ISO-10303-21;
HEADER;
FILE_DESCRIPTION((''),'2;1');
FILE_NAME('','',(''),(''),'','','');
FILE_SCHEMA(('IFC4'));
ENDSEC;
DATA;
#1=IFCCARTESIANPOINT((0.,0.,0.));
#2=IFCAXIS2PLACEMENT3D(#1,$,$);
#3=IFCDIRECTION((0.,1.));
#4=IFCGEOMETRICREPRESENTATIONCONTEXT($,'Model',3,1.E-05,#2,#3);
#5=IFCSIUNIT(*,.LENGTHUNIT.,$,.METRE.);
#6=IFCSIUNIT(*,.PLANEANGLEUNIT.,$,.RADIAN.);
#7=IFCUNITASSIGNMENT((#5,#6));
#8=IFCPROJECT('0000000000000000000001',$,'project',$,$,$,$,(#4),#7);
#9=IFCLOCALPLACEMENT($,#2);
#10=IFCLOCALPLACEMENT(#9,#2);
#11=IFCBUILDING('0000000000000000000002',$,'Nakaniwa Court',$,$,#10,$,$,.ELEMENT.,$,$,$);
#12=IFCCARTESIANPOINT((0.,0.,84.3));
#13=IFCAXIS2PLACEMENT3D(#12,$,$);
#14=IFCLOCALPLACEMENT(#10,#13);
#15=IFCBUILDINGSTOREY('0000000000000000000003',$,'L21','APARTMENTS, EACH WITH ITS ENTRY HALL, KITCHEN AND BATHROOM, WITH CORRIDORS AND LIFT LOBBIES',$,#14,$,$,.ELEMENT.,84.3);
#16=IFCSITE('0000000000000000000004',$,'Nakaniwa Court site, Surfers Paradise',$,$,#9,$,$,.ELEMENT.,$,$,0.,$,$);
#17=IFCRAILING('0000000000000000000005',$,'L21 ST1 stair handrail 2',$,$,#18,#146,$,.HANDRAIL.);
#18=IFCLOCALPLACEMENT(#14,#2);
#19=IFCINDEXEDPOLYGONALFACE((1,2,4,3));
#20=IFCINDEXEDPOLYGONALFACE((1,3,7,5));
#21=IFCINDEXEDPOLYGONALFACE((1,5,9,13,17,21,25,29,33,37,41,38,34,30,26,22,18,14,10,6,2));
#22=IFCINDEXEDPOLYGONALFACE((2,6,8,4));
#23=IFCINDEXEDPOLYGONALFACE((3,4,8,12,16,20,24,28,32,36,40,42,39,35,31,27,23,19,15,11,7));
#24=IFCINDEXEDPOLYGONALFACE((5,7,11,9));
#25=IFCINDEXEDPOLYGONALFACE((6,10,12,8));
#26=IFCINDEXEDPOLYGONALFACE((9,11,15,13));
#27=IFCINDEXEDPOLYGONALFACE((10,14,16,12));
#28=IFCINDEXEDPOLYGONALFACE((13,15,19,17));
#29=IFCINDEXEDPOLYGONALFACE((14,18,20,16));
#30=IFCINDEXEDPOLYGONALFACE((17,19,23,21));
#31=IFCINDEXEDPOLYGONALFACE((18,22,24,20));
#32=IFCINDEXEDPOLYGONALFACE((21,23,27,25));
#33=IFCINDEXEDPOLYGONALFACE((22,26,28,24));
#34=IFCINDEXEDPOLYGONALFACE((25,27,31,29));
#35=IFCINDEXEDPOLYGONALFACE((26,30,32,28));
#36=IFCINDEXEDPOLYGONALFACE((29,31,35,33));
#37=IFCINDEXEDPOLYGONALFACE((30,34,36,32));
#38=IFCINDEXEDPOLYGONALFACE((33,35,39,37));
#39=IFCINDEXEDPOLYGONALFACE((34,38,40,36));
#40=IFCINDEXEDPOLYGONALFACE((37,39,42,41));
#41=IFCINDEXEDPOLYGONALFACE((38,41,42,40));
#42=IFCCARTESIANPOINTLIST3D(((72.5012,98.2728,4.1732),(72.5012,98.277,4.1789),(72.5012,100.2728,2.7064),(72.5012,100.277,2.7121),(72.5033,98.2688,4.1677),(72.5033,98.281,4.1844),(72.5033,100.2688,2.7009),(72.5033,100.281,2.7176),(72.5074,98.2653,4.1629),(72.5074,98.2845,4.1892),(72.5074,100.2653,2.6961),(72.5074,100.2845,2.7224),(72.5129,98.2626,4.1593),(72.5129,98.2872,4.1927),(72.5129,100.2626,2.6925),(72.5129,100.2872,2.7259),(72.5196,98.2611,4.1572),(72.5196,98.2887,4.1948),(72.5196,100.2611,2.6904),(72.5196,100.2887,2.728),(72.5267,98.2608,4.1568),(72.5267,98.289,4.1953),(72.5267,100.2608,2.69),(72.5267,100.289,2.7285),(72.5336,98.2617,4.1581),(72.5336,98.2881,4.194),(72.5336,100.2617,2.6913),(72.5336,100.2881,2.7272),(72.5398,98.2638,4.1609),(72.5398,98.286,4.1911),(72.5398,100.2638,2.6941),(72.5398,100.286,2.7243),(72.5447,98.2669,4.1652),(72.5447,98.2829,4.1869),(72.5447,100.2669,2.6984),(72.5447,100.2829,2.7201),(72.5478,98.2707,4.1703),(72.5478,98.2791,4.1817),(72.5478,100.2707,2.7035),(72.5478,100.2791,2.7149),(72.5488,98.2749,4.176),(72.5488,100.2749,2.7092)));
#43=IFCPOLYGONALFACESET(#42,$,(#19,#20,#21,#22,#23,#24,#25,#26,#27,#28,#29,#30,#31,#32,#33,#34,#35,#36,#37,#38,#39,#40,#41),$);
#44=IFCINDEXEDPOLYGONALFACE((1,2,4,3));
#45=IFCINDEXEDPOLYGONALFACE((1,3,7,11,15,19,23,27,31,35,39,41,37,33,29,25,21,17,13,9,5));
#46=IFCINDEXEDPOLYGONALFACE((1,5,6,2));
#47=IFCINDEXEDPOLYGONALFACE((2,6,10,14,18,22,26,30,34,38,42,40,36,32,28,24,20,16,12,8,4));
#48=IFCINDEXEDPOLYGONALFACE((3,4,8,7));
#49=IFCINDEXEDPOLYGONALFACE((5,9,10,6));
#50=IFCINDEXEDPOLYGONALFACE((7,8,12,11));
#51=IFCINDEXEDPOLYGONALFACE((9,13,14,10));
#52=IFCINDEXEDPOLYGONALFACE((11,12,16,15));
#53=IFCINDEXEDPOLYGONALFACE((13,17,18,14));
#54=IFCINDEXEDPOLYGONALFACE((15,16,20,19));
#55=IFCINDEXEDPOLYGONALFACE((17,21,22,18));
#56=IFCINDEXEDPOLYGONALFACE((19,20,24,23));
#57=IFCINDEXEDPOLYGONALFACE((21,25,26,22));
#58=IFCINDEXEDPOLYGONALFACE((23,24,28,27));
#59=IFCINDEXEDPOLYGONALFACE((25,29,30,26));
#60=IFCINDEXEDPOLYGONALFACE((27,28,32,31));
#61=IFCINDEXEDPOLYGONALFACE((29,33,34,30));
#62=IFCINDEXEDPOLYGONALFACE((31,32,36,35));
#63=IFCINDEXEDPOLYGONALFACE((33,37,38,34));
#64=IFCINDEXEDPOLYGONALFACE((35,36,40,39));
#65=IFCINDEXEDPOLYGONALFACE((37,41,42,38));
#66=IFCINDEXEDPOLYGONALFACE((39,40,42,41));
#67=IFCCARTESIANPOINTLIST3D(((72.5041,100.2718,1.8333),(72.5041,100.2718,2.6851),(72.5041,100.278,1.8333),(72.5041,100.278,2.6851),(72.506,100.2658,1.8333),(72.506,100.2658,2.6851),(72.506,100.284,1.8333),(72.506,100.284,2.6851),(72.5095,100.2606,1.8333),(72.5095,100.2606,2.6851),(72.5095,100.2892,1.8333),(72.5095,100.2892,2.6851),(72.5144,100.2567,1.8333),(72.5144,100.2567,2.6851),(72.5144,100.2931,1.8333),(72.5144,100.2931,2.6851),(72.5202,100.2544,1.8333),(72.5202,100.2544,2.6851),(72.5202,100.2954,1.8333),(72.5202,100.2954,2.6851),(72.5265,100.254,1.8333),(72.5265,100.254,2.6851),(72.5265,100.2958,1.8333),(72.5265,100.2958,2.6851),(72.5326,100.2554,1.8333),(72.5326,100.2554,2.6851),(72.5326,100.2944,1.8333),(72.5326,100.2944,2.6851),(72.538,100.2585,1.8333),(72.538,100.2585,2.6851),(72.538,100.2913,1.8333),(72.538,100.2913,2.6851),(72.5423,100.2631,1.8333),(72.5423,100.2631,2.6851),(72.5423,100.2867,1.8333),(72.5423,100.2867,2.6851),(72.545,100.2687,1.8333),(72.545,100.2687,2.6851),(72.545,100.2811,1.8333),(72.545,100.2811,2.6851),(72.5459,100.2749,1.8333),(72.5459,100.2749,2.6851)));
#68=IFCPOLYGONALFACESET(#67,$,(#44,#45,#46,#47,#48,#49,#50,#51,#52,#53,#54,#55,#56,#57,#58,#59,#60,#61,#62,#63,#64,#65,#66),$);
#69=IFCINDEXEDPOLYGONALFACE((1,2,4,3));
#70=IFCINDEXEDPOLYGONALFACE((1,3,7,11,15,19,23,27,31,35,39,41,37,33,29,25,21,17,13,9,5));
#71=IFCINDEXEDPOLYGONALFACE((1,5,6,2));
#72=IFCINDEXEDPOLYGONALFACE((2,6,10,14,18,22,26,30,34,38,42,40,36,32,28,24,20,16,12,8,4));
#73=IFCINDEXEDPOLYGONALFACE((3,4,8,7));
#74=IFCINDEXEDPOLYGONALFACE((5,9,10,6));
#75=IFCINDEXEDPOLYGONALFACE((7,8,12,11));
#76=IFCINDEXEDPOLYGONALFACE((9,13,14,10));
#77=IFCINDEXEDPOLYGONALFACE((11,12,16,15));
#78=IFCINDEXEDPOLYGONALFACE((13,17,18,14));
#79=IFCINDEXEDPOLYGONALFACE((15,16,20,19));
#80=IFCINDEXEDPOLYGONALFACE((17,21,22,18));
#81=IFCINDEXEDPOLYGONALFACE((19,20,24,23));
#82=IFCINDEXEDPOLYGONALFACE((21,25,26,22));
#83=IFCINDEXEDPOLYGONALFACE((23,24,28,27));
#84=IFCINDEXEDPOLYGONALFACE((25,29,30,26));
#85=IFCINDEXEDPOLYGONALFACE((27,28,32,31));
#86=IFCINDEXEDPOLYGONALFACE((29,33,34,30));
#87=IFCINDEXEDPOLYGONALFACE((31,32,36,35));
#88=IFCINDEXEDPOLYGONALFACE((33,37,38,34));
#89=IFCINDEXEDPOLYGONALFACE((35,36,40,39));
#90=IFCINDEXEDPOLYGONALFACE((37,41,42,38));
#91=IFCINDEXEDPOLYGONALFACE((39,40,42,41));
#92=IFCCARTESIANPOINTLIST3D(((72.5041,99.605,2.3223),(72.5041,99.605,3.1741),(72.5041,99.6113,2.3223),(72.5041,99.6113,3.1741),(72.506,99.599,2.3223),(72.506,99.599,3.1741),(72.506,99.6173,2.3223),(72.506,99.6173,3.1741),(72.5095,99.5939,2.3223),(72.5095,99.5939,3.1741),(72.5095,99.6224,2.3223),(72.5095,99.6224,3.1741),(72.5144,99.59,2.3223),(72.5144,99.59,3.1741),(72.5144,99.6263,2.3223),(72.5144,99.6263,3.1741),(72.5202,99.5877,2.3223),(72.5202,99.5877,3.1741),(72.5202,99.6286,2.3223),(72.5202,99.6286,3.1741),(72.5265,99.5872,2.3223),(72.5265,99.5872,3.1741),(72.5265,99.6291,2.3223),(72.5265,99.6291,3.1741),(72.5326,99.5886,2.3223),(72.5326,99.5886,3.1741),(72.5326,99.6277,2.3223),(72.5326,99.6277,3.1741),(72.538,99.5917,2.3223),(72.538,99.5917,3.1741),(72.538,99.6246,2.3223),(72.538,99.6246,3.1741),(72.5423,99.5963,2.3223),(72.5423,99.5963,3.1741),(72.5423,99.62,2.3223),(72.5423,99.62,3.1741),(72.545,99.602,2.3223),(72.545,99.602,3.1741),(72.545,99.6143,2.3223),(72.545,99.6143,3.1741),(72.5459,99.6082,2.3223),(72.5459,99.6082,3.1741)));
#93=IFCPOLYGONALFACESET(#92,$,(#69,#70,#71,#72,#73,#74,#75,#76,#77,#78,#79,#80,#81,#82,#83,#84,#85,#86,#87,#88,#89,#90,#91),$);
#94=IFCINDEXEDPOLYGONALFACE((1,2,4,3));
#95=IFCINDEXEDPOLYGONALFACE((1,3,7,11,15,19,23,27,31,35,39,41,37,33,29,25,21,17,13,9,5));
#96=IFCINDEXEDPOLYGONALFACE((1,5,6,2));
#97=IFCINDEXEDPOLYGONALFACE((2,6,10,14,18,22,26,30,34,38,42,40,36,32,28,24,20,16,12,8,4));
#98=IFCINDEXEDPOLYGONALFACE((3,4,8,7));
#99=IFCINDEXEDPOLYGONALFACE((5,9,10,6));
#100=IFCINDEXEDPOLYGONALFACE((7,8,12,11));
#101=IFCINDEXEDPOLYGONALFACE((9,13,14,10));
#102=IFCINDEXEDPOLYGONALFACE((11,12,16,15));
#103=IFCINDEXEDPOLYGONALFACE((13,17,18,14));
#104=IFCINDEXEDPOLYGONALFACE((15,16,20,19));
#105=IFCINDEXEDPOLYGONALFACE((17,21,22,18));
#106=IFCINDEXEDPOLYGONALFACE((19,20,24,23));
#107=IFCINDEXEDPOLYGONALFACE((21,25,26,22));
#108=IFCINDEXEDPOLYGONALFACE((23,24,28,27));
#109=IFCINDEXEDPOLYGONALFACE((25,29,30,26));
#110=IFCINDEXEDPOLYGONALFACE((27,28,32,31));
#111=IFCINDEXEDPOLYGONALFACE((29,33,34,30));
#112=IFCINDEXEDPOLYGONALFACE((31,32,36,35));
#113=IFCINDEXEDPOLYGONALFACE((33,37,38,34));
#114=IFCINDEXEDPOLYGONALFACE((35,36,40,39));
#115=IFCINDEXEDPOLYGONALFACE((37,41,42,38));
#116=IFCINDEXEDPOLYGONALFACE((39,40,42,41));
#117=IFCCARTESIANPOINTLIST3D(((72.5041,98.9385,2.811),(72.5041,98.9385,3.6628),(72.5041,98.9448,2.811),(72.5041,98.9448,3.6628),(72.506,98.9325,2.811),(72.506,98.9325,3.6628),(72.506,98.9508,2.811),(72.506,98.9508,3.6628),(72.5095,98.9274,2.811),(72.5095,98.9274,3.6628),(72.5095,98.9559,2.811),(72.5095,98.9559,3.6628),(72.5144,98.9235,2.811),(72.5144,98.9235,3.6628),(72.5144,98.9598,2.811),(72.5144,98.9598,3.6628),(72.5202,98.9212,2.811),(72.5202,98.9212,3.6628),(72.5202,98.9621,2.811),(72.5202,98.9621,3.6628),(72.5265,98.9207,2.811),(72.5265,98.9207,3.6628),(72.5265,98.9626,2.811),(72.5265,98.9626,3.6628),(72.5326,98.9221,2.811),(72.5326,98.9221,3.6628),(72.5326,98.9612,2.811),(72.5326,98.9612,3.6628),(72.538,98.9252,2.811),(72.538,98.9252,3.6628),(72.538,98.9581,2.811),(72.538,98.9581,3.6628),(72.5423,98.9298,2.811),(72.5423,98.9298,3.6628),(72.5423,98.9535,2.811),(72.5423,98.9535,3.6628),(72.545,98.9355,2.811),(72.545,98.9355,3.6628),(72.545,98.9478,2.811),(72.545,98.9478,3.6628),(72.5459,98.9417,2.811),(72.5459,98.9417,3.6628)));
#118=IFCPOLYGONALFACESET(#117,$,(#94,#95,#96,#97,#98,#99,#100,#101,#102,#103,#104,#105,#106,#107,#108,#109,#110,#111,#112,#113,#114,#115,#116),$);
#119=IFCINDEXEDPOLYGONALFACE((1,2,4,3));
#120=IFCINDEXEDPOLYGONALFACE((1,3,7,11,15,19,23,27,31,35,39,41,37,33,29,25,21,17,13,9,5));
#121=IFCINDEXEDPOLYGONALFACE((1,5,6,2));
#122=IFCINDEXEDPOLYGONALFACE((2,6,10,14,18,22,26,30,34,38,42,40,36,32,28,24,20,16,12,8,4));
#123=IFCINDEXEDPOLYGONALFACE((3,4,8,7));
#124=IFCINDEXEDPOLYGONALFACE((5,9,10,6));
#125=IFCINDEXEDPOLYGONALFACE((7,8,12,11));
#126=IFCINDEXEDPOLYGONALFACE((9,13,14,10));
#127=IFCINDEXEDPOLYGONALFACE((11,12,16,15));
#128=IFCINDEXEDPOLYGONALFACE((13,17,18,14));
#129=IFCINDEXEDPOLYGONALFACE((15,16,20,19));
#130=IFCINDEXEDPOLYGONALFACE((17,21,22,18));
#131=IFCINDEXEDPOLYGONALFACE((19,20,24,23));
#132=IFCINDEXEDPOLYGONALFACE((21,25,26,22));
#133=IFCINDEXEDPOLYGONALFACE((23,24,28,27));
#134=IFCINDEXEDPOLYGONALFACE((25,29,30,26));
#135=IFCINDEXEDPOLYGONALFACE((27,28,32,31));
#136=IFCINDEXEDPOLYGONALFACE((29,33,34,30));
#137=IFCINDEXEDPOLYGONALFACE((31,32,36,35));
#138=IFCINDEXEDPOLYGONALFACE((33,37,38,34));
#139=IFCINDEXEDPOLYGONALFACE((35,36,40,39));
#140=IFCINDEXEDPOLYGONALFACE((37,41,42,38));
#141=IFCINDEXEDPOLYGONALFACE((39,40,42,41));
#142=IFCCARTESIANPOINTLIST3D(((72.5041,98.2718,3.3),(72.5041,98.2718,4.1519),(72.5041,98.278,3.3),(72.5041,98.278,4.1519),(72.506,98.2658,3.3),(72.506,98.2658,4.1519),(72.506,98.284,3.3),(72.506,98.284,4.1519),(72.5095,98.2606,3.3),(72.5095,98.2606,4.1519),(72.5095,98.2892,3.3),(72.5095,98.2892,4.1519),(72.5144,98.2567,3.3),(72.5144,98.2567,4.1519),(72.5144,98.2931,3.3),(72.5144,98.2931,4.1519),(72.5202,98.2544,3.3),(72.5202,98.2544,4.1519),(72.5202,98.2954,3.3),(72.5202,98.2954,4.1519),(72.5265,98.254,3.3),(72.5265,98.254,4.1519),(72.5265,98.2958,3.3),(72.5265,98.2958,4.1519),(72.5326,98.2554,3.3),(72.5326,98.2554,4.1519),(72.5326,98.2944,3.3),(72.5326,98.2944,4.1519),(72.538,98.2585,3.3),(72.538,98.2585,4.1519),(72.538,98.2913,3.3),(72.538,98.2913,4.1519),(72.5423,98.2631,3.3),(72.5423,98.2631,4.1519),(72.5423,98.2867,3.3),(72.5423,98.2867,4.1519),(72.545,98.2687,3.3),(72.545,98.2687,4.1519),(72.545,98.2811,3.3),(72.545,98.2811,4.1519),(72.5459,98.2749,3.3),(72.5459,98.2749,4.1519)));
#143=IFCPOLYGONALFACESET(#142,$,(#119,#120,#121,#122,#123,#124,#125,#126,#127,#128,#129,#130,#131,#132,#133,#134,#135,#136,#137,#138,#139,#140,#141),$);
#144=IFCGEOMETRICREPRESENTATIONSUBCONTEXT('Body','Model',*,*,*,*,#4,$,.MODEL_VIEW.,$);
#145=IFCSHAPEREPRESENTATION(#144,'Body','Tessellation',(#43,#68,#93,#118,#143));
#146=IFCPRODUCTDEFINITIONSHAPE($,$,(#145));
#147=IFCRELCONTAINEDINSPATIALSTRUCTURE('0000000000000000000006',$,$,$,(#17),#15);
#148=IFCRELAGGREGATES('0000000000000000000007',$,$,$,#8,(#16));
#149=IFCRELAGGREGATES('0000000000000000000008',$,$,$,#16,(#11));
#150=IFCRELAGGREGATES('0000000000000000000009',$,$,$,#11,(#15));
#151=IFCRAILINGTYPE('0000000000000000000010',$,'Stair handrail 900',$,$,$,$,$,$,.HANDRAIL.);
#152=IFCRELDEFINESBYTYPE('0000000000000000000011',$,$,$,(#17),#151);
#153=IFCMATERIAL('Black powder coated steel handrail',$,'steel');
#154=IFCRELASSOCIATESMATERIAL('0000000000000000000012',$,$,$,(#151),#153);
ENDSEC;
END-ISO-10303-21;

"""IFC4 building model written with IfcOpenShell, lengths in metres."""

from ifc_helpers import new_model, si_unit, direction, frame, origin, origin_2d, place, context, subcontext, project, spatial, circle, extrude, material, type_object, element, save


model = new_model("IFC4")

# Units and contexts
model_context = context("Model", 3, precision=1e-05, world=origin(), true_north=direction((0.0, 1.0)))
body_context = subcontext(model_context, "Body", "Model", "MODEL_VIEW")
ifc_project = project(units=[si_unit("LENGTHUNIT", "METRE"), si_unit("PLANEANGLEUNIT", "RADIAN")], contexts=[model_context])

# Site, building, storey
site_placement = place(None, origin())
site = spatial("IfcSite", under=ifc_project, at=site_placement, Name="Nakaniwa Court site, Surfers Paradise", CompositionType="ELEMENT", RefElevation=0.0)
building_placement = place(site_placement, origin())
building = spatial("IfcBuilding", under=site, at=building_placement, Name="Nakaniwa Court", CompositionType="ELEMENT")
storey_placement = place(building_placement, frame((0.0, 0.0, 84.3)))
storey = spatial("IfcBuildingStorey", under=building, at=storey_placement, Name="L21", Description="APARTMENTS, EACH WITH ITS ENTRY HALL, KITCHEN AND BATHROOM, WITH CORRIDORS AND LIFT LOBBIES", CompositionType="ELEMENT", Elevation=84.3)

# Railing
ifc_material_1 = material(Name="Black powder coated steel handrail", Category="steel")
railing_type_1 = type_object("IfcRailingType", Name="Stair handrail 900", PredefinedType="HANDRAIL", material=ifc_material_1)
railing_1_placement = place(storey_placement, frame((72.5249, 100.2749, 1.8333)))
element("IfcRailing", 1, at=railing_1_placement, inside=storey, type_object=railing_type_1, Name="L21 ST1 stair handrail 2", PredefinedType="HANDRAIL", context=body_context, shape_type="SweptSolid", body=[
    extrude(circle(Radius=0.0239, at=origin_2d()), frame((0.0, 0.0, 0.876), z_axis=(0.0, -0.80638, 0.591398), x_axis=(1.0, 0.0, 0.0)), (0.0, 0.0, 1.0), 2.4802),
    extrude(circle(Radius=0.021, at=origin_2d()), origin(), (0.0, 0.0, 1.0), 0.8518),
    extrude(circle(Radius=0.021, at=origin_2d()), frame((0.0, -0.6667, 0.489)), (0.0, 0.0, 1.0), 0.8518),
    extrude(circle(Radius=0.021, at=origin_2d()), frame((0.0, -1.3333, 0.9778)), (0.0, 0.0, 1.0), 0.8518),
    extrude(circle(Radius=0.021, at=origin_2d()), frame((0.0, -2.0, 1.4668)), (0.0, 0.0, 1.0), 0.8518),
])

save(model, "model.ifc")
